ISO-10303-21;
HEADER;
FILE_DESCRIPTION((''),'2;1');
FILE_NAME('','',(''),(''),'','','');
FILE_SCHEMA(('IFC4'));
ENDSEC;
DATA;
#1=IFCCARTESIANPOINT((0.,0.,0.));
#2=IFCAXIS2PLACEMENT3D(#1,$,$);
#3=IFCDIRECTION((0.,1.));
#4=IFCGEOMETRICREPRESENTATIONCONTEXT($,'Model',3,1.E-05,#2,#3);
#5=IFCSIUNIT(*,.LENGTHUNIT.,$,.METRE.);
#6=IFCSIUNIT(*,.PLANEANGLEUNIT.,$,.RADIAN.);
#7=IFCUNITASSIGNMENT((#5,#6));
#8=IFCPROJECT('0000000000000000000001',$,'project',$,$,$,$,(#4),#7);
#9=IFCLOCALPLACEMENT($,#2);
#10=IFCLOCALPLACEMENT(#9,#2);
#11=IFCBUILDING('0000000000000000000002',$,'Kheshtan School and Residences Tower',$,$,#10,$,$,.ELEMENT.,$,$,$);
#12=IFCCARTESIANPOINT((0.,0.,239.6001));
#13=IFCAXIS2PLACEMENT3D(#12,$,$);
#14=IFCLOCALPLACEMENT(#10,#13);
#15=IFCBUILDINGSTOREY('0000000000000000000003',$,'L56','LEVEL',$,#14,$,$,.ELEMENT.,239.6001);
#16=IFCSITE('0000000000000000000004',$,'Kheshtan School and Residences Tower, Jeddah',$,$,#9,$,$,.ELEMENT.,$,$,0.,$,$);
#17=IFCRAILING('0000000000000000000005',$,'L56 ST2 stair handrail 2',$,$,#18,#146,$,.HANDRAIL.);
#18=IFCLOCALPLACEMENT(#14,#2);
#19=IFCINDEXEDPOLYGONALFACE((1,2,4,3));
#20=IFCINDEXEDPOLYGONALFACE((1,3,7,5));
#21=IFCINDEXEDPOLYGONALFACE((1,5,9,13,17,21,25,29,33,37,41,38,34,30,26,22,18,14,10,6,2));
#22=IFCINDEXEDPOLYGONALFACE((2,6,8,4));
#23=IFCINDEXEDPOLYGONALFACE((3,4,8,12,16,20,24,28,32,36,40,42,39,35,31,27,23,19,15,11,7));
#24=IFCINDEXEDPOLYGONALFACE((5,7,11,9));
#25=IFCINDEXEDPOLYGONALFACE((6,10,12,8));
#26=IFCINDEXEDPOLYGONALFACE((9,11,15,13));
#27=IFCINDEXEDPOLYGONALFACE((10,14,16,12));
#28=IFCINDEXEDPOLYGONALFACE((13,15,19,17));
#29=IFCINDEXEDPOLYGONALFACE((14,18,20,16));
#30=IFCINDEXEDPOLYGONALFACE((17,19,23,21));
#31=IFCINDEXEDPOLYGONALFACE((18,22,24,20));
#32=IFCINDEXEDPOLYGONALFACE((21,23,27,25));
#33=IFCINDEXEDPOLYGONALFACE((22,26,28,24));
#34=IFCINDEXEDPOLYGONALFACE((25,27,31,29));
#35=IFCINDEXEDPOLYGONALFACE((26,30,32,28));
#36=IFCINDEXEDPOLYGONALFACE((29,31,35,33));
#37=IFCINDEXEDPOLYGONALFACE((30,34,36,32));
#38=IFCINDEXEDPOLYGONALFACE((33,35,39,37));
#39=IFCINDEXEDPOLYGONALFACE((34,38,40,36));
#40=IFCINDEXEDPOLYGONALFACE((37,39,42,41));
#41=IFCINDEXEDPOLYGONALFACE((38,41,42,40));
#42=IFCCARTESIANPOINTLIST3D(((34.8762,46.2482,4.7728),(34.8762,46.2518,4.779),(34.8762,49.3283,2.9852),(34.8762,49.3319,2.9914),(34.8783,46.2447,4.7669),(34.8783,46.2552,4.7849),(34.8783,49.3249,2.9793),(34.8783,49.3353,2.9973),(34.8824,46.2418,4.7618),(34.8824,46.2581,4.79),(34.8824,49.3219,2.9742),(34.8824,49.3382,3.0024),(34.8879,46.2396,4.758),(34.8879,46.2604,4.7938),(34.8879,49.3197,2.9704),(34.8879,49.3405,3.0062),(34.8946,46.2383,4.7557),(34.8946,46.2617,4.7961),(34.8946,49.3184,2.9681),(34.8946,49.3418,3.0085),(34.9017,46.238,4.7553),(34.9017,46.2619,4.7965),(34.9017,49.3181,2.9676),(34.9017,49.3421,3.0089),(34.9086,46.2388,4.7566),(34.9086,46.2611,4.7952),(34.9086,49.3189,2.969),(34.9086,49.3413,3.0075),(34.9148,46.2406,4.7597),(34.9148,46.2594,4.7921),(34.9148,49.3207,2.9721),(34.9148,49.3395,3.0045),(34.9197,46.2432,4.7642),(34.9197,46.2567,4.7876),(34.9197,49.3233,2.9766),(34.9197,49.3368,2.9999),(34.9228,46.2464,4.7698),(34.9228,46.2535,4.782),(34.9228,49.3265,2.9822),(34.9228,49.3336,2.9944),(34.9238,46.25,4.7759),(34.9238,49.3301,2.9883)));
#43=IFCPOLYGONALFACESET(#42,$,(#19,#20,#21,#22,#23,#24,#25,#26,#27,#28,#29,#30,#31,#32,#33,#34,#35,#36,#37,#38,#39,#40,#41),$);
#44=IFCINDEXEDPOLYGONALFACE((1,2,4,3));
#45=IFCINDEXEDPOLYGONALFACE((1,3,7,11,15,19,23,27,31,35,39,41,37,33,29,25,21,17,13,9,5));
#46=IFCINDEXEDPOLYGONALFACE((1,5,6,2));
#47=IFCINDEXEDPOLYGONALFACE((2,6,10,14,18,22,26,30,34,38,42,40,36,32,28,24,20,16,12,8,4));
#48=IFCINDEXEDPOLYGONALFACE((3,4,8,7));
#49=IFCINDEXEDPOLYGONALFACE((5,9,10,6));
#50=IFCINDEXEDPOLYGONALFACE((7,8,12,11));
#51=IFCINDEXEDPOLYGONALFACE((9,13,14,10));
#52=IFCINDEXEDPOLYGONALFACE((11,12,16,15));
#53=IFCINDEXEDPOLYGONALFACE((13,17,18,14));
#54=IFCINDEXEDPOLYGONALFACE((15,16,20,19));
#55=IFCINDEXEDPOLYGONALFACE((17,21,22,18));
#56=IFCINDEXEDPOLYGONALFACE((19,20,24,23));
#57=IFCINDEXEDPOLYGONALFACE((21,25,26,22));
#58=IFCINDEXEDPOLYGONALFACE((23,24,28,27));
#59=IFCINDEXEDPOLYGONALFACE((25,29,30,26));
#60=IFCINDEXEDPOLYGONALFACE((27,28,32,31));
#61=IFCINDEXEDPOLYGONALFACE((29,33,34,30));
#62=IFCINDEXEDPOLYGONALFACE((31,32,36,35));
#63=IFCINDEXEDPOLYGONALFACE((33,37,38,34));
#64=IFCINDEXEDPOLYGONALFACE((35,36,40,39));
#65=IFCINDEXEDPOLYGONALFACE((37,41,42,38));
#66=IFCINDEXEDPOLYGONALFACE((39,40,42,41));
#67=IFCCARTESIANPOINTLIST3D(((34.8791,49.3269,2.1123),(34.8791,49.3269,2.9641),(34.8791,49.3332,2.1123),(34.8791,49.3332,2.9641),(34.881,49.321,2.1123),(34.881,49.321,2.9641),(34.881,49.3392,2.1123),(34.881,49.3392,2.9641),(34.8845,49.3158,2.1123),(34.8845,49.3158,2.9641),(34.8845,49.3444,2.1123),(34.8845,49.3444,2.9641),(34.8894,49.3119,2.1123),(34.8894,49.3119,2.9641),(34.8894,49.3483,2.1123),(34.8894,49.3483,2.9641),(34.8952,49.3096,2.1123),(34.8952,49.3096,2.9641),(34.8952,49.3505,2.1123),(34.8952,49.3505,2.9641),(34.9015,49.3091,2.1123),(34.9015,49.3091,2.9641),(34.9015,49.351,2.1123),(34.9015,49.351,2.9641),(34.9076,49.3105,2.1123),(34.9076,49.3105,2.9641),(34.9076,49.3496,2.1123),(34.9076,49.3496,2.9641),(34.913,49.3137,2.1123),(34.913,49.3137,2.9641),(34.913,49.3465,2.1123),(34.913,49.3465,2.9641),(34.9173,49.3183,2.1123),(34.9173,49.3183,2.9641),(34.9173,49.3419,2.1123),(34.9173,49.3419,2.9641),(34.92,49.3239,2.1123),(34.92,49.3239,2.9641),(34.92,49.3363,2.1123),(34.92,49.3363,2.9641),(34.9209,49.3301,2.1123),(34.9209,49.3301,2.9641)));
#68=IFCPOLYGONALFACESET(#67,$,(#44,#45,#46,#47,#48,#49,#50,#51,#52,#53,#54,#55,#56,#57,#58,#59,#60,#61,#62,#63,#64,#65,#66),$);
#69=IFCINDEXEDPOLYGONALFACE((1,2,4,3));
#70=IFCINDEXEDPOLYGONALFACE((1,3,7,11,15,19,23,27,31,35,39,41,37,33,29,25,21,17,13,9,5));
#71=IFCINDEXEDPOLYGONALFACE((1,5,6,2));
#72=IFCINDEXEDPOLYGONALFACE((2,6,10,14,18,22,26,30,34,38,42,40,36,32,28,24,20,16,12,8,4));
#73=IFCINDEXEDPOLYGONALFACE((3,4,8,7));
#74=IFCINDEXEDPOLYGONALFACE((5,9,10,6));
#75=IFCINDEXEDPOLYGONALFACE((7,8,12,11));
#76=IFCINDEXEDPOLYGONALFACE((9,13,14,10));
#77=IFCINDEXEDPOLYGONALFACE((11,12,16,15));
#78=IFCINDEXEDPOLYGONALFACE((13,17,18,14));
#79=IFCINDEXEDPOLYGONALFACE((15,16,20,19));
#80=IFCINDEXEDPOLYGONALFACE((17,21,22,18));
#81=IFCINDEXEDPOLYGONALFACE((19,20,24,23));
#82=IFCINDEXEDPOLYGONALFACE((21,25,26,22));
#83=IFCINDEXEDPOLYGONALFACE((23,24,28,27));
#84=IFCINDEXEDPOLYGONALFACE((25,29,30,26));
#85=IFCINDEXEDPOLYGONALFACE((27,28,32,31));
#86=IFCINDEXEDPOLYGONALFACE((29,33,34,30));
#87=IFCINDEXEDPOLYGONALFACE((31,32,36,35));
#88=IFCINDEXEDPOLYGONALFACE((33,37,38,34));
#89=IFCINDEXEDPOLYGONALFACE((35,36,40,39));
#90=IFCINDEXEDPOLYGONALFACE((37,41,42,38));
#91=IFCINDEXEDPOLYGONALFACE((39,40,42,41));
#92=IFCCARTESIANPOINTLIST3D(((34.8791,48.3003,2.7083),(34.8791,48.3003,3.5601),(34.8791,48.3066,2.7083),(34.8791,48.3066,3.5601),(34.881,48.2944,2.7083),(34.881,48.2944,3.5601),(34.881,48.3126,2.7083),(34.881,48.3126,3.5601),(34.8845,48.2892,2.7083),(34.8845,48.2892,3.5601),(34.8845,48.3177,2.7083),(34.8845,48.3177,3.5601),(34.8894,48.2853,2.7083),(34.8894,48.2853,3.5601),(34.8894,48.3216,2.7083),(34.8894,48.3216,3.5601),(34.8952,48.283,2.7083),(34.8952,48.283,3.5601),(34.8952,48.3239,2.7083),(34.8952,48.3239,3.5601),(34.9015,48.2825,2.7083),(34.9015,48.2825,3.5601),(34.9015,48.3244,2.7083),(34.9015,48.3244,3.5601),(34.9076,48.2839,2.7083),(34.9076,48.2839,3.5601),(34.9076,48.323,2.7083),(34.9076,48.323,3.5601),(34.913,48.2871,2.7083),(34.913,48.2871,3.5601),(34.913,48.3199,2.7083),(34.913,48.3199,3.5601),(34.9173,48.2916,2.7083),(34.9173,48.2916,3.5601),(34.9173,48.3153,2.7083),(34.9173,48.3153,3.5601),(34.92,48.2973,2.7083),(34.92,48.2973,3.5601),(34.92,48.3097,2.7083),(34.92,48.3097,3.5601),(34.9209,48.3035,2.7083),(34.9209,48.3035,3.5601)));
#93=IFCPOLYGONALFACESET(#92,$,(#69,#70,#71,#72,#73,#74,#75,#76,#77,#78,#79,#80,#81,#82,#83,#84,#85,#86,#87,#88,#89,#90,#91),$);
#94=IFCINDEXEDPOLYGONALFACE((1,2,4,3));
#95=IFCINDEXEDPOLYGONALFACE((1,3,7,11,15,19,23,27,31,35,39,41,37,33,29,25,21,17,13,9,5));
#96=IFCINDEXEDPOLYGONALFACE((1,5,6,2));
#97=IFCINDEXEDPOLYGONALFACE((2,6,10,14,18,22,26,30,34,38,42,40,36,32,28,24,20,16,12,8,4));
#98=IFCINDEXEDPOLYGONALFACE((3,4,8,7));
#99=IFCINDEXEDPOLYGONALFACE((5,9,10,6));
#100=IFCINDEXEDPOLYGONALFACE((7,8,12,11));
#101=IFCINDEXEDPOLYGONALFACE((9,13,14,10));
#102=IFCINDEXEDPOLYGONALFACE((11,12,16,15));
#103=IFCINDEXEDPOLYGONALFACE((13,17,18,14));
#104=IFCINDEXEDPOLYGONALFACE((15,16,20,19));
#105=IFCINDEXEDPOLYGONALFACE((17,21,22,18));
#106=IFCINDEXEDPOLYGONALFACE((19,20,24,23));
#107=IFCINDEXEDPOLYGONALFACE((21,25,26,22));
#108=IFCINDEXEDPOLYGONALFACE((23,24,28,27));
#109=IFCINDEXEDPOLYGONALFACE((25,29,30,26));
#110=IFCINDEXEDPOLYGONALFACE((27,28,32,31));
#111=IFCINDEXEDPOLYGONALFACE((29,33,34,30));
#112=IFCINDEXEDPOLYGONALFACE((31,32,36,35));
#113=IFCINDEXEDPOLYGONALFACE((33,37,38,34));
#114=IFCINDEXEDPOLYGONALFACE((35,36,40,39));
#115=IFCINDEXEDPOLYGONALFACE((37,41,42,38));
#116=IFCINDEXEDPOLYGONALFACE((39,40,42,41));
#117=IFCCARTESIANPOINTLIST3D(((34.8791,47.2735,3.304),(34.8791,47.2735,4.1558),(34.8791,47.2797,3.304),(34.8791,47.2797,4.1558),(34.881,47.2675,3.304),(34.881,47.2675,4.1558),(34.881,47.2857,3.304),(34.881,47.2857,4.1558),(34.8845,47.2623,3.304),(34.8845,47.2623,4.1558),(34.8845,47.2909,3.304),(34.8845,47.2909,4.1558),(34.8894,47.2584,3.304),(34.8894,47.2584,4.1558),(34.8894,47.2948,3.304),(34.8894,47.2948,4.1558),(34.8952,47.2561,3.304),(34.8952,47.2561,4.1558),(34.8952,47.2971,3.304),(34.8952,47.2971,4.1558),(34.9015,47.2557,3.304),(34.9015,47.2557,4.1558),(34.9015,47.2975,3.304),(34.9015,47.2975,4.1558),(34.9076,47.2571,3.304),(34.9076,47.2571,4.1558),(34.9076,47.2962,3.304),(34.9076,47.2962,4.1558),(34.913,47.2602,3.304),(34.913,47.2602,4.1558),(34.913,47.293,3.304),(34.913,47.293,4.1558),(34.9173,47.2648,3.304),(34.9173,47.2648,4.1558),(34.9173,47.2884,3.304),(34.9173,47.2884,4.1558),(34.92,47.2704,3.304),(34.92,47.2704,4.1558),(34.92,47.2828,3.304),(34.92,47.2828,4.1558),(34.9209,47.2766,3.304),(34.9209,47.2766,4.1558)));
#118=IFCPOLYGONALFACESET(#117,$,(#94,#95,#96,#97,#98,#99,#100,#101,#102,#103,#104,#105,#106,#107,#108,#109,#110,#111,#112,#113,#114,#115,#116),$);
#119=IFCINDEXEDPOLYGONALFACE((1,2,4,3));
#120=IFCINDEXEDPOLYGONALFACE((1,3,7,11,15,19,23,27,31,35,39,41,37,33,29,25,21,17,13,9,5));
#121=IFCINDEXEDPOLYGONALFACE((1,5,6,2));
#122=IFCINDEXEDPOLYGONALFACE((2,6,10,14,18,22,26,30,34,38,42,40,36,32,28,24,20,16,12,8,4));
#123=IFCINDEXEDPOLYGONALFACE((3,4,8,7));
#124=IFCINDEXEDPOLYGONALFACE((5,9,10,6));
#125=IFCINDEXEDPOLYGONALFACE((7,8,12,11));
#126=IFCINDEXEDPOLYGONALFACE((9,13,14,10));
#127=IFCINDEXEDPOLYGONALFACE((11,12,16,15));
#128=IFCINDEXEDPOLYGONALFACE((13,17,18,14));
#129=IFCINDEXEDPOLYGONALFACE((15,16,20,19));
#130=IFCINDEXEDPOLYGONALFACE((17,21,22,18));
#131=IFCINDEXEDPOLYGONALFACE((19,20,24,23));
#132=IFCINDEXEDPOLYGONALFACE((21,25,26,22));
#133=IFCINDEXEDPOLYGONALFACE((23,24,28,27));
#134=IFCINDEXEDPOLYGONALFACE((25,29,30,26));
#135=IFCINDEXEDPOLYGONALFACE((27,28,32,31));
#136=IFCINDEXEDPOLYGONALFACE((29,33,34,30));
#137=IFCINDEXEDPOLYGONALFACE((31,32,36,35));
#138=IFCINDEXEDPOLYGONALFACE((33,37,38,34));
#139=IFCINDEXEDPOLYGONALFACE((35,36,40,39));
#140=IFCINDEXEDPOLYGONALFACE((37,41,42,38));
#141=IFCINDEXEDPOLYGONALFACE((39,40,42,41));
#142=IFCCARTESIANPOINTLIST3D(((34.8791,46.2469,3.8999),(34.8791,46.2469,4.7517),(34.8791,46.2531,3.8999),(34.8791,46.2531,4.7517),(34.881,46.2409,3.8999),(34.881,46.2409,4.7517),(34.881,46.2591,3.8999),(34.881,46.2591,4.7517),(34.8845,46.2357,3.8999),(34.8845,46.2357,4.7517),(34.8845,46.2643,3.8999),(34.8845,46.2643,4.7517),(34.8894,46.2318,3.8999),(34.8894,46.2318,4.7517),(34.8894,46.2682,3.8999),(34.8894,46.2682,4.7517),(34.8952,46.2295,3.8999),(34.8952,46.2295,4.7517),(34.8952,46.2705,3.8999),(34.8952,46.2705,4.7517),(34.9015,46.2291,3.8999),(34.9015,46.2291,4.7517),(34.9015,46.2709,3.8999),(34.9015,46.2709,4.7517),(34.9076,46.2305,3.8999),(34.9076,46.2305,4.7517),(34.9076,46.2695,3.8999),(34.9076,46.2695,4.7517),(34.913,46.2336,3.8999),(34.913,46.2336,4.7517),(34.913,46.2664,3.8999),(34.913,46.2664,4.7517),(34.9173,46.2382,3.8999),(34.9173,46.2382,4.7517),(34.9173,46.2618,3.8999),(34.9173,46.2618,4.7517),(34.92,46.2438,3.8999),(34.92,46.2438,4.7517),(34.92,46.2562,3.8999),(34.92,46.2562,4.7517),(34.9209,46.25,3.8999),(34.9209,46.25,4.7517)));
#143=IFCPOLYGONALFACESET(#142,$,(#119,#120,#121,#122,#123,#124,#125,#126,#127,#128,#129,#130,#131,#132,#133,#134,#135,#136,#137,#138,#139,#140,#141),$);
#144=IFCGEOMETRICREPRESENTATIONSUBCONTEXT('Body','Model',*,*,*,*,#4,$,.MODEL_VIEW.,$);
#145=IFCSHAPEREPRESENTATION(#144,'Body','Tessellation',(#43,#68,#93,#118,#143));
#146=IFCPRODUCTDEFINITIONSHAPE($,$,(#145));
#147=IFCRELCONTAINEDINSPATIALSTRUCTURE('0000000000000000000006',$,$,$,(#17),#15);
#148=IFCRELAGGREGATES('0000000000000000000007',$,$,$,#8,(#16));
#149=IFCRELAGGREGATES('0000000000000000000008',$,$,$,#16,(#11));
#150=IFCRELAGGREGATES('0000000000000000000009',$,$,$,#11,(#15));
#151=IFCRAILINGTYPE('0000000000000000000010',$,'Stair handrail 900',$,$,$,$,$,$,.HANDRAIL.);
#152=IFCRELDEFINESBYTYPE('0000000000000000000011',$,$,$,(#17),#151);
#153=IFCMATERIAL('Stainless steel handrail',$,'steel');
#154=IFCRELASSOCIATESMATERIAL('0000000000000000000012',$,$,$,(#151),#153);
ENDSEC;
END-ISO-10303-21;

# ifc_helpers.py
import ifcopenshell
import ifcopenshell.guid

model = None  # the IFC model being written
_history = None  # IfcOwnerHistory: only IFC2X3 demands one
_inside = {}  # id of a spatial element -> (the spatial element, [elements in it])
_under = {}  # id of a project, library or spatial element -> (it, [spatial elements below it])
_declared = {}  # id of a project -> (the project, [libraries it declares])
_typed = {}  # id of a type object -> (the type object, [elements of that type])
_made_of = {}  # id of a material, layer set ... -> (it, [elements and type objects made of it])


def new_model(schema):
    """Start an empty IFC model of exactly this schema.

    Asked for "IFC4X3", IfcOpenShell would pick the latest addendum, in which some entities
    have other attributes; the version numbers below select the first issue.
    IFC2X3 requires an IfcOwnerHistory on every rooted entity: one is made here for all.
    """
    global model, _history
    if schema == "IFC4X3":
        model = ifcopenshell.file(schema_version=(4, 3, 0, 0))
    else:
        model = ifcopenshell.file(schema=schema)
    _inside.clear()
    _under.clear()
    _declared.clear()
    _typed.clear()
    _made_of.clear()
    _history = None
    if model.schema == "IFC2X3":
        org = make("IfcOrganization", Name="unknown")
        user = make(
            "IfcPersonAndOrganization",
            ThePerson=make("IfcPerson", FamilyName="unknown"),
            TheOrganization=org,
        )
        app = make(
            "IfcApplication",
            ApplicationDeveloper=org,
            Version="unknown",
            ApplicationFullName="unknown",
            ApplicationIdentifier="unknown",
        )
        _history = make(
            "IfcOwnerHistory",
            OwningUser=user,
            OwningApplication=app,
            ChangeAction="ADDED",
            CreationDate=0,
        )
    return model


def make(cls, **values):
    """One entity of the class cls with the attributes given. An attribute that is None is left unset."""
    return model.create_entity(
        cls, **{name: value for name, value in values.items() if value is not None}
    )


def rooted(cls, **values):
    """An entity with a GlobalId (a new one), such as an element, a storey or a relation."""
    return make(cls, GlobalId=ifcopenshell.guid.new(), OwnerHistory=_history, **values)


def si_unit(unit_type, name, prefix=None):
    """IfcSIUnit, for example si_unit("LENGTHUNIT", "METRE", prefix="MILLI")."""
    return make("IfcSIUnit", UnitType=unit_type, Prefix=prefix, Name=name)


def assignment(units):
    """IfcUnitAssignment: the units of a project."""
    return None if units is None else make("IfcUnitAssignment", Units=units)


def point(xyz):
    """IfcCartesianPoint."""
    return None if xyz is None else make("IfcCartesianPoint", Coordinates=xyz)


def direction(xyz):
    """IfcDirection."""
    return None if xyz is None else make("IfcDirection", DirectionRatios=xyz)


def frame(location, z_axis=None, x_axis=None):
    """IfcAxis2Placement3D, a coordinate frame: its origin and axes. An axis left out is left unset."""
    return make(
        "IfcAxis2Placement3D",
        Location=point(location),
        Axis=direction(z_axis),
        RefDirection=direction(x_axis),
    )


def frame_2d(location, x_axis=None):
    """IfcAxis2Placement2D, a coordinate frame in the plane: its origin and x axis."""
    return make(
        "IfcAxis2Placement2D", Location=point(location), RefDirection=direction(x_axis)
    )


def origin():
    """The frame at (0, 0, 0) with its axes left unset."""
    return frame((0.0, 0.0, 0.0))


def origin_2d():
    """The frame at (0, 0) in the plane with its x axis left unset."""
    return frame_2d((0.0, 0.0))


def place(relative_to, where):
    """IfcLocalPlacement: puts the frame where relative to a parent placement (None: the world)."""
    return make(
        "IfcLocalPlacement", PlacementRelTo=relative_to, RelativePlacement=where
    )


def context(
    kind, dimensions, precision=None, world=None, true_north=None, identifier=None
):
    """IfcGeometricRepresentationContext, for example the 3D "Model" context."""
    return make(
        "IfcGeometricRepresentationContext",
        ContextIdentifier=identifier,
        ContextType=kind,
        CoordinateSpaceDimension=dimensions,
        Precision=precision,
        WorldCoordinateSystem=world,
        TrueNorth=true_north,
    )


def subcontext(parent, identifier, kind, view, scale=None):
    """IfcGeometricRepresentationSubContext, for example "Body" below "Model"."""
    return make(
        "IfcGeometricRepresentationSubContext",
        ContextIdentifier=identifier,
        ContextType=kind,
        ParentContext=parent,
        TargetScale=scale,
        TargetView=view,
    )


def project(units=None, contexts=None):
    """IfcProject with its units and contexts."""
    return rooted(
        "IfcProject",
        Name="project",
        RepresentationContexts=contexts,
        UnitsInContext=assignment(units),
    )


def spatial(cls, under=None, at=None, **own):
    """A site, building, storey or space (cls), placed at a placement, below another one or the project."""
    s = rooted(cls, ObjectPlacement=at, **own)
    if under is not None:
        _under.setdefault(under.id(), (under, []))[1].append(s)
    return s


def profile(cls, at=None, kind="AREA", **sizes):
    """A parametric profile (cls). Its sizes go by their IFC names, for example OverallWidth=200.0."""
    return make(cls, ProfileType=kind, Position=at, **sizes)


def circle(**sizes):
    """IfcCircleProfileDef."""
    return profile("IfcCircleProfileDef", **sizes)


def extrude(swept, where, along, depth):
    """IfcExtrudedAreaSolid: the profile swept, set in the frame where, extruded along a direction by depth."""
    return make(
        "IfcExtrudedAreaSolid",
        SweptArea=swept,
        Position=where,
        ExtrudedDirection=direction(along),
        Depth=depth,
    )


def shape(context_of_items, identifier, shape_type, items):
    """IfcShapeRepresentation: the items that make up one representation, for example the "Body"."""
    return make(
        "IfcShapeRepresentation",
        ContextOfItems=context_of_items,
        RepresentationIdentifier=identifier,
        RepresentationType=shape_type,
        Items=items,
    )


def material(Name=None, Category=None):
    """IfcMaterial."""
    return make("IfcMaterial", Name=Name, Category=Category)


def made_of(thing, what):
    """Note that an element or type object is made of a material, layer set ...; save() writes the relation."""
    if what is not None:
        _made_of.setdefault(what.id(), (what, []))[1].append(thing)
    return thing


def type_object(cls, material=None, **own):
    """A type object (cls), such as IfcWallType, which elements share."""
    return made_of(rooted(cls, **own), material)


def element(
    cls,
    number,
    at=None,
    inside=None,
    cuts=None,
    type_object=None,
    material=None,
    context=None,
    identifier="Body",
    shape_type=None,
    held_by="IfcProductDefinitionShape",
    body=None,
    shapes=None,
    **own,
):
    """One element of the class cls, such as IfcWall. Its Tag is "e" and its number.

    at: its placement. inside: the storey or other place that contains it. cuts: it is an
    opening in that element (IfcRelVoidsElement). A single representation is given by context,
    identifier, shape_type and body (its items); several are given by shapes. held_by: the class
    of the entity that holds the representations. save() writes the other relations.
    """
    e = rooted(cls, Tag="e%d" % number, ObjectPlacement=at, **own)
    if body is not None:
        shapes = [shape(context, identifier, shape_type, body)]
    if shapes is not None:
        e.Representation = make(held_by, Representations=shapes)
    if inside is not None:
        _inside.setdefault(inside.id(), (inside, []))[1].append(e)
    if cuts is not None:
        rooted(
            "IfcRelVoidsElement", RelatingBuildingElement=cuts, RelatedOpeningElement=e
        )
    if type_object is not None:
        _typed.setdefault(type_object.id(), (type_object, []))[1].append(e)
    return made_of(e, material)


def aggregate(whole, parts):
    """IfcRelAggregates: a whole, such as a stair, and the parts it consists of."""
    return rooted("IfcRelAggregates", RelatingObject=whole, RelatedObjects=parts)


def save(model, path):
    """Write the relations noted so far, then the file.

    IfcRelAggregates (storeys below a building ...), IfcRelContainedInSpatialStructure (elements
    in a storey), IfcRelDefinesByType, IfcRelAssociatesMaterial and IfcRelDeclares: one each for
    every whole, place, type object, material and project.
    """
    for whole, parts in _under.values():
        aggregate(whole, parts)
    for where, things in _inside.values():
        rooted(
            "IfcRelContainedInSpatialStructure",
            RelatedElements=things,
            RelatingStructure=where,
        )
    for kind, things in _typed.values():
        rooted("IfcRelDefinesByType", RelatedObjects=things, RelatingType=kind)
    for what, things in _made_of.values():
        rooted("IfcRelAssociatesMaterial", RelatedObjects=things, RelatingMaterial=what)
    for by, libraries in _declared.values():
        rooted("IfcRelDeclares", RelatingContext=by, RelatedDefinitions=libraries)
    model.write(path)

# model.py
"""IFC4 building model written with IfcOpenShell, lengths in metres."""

from ifc_helpers import new_model, si_unit, direction, frame, origin, origin_2d, place, context, subcontext, project, spatial, circle, extrude, material, type_object, element, save


model = new_model("IFC4")

# Units and contexts
model_context = context("Model", 3, precision=1e-05, world=origin(), true_north=direction((0.0, 1.0)))
body_context = subcontext(model_context, "Body", "Model", "MODEL_VIEW")
ifc_project = project(units=[si_unit("LENGTHUNIT", "METRE"), si_unit("PLANEANGLEUNIT", "RADIAN")], contexts=[model_context])

# Site, building, storey
site_placement = place(None, origin())
site = spatial("IfcSite", under=ifc_project, at=site_placement, Name="Kheshtan School and Residences Tower, Jeddah", CompositionType="ELEMENT", RefElevation=0.0)
building_placement = place(site_placement, origin())
building = spatial("IfcBuilding", under=site, at=building_placement, Name="Kheshtan School and Residences Tower", CompositionType="ELEMENT")
storey_placement = place(building_placement, frame((0.0, 0.0, 239.6001)))
storey = spatial("IfcBuildingStorey", under=building, at=storey_placement, Name="L56", Description="LEVEL", CompositionType="ELEMENT", Elevation=239.6001)

# Railing
ifc_material_1 = material(Name="Stainless steel handrail", Category="steel")
railing_type_1 = type_object("IfcRailingType", Name="Stair handrail 900", PredefinedType="HANDRAIL", material=ifc_material_1)
railing_1_placement = place(storey_placement, frame((34.8999, 49.3301, 2.1123)))
element("IfcRailing", 1, at=railing_1_placement, inside=storey, type_object=railing_type_1, Name="L56 ST2 stair handrail 2", PredefinedType="HANDRAIL", context=body_context, shape_type="SweptSolid", body=[
    extrude(circle(Radius=0.0239, at=origin_2d()), frame((0.0, 0.0, 0.876), z_axis=(0.0, -0.864891, 0.50196), x_axis=(1.0, 0.0, 0.0)), (0.0, 0.0, 1.0), 3.5613),
    extrude(circle(Radius=0.021, at=origin_2d()), origin(), (0.0, 0.0, 1.0), 0.8518),
    extrude(circle(Radius=0.021, at=origin_2d()), frame((0.0, -1.0266, 0.5959)), (0.0, 0.0, 1.0), 0.8518),
    extrude(circle(Radius=0.021, at=origin_2d()), frame((0.0, -2.0535, 1.1917)), (0.0, 0.0, 1.0), 0.8518),
    extrude(circle(Radius=0.021, at=origin_2d()), frame((0.0, -3.0801, 1.7876)), (0.0, 0.0, 1.0), 0.8518),
])

save(model, "model.ifc")
